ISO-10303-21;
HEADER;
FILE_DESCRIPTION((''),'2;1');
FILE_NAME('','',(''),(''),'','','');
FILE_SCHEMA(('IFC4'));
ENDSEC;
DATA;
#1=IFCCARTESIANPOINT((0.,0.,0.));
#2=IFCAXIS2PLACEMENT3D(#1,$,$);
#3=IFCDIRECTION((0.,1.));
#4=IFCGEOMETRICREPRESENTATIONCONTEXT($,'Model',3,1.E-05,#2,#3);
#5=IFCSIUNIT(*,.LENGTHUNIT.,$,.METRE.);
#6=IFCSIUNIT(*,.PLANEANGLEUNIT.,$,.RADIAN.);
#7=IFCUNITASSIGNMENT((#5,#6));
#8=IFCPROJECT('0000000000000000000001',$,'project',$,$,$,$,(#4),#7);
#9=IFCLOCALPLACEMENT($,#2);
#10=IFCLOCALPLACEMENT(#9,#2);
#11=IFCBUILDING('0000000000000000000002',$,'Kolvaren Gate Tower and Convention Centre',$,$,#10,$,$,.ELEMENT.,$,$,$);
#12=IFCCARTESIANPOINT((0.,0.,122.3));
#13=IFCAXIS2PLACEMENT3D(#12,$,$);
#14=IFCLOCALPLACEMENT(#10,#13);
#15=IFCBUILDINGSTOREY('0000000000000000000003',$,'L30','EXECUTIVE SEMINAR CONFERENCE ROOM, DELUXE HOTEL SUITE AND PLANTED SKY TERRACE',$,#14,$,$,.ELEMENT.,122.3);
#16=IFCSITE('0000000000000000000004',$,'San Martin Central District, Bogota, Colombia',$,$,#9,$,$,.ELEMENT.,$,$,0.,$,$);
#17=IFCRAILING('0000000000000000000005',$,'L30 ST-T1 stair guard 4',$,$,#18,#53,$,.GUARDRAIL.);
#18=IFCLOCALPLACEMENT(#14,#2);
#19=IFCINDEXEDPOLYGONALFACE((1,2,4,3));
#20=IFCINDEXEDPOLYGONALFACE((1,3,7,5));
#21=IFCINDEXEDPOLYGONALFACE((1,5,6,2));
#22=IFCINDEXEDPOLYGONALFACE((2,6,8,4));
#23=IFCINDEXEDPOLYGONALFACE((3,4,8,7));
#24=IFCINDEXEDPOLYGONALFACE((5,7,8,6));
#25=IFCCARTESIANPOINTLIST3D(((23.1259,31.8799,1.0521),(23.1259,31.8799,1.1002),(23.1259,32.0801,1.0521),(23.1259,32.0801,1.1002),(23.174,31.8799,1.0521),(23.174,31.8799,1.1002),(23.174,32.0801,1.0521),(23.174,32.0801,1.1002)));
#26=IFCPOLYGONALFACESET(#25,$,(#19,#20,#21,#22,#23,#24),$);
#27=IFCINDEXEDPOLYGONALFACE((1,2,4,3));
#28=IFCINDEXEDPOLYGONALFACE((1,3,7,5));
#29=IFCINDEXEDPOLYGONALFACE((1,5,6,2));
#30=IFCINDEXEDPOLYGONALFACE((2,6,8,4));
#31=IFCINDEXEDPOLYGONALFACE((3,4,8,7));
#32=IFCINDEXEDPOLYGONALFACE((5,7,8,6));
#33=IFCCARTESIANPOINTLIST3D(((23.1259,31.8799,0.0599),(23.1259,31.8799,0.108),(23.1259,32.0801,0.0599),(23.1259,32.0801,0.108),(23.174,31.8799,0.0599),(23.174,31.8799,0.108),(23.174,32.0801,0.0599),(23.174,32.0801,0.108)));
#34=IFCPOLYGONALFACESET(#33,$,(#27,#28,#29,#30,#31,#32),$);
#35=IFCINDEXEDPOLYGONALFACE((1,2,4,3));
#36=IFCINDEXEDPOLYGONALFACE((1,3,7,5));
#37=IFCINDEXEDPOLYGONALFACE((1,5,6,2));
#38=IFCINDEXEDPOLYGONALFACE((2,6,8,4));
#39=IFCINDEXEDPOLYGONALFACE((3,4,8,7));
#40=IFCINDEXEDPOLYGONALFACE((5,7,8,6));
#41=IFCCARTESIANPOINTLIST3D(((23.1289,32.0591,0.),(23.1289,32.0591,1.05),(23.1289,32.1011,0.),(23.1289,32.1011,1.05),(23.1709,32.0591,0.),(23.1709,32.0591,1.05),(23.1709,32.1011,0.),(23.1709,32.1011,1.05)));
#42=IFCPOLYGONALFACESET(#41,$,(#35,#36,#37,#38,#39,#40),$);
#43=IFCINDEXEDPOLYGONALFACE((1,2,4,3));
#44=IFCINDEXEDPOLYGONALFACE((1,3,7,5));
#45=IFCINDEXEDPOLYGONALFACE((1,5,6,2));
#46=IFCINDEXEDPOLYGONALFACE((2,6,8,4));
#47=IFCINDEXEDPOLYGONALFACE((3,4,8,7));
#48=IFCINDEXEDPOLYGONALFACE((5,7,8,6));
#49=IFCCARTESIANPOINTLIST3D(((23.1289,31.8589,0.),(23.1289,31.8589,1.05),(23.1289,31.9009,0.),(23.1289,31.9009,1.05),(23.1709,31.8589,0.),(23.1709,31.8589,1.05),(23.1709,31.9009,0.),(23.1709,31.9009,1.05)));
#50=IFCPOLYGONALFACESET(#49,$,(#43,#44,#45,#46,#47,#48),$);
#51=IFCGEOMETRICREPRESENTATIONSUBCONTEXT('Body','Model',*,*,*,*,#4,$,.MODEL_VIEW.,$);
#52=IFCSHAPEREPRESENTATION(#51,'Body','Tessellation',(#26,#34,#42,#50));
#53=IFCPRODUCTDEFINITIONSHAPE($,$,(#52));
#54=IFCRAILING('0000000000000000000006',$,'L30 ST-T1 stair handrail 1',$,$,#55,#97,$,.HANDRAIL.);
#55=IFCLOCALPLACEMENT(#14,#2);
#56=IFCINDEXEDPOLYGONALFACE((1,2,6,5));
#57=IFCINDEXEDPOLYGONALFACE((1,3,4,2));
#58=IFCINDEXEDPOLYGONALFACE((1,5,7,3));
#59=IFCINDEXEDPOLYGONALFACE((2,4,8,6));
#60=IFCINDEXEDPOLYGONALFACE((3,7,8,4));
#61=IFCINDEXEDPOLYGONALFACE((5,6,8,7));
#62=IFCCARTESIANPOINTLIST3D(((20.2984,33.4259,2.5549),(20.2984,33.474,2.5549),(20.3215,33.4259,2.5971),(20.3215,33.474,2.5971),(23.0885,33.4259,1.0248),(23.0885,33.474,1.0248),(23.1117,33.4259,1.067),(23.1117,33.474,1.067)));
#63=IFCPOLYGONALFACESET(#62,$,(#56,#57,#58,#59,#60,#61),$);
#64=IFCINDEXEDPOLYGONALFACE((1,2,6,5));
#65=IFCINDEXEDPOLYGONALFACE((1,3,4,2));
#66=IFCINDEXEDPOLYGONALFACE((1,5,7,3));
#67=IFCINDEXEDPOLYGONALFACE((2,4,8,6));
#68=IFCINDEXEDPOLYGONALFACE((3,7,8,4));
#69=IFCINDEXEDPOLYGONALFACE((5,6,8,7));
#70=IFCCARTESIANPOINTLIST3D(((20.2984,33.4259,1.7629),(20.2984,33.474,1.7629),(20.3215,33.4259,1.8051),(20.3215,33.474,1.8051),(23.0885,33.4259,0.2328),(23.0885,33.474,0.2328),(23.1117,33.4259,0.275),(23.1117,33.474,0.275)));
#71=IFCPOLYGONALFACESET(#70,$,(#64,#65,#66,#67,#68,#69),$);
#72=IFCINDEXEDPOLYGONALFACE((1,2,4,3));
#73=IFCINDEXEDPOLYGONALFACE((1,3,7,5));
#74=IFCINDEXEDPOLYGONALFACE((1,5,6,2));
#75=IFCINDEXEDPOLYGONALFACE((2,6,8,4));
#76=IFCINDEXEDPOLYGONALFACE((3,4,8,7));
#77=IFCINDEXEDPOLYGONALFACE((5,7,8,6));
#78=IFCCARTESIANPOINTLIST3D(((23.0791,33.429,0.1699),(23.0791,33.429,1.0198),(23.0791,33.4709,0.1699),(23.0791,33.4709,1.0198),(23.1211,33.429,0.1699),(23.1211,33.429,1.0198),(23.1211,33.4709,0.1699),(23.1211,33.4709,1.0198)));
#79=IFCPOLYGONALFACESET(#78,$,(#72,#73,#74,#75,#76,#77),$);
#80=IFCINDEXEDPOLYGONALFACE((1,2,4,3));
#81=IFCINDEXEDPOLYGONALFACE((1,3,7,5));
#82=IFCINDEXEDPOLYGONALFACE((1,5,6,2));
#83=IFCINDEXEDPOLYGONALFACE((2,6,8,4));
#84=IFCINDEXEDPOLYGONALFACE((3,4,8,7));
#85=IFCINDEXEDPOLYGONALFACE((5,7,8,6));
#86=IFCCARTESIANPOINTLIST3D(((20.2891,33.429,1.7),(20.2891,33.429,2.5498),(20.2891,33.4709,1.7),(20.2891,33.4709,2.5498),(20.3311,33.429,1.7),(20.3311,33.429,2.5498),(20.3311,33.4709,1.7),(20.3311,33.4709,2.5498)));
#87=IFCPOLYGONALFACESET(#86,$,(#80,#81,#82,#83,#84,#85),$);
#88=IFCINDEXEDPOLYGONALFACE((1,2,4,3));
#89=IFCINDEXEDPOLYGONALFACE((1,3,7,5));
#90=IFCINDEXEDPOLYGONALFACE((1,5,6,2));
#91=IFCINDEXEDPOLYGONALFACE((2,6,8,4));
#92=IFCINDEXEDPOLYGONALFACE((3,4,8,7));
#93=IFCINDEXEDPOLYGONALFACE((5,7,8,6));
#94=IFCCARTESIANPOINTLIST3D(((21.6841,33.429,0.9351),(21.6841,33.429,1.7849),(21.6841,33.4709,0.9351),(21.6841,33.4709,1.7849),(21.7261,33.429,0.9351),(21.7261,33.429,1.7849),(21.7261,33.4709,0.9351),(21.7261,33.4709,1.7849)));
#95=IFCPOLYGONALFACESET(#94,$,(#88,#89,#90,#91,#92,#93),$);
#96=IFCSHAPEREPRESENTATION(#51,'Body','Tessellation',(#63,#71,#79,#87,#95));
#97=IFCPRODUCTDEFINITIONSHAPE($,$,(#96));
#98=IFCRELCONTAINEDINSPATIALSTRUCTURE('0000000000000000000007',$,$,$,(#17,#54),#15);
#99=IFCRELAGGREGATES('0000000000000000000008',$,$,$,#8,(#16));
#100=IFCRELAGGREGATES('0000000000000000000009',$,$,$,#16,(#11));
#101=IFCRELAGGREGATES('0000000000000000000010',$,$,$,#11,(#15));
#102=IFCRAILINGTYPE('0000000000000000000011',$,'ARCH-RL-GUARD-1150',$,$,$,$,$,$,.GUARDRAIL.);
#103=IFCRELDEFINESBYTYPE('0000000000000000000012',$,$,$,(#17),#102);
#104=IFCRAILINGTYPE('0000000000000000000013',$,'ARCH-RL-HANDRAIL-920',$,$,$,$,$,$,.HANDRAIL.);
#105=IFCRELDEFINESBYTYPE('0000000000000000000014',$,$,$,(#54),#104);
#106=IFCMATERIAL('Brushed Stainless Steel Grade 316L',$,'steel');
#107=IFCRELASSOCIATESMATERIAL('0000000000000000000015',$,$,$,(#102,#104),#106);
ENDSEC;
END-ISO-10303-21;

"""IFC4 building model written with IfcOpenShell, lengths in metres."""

from ifc_helpers import new_model, si_unit, direction, frame, origin, origin_2d, place, context, subcontext, project, spatial, rectangle, extrude, material, type_object, element, save


model = new_model("IFC4")

# Units and contexts
model_context = context("Model", 3, precision=1e-05, world=origin(), true_north=direction((0.0, 1.0)))
body_context = subcontext(model_context, "Body", "Model", "MODEL_VIEW")
ifc_project = project(units=[si_unit("LENGTHUNIT", "METRE"), si_unit("PLANEANGLEUNIT", "RADIAN")], contexts=[model_context])

# Site, building, storey
site_placement = place(None, origin())
site = spatial("IfcSite", under=ifc_project, at=site_placement, Name="San Martin Central District, Bogota, Colombia", CompositionType="ELEMENT", RefElevation=0.0)
building_placement = place(site_placement, origin())
building = spatial("IfcBuilding", under=site, at=building_placement, Name="Kolvaren Gate Tower and Convention Centre", CompositionType="ELEMENT")
storey_placement = place(building_placement, frame((0.0, 0.0, 122.3)))
storey = spatial("IfcBuildingStorey", under=building, at=storey_placement, Name="L30", Description="EXECUTIVE SEMINAR CONFERENCE ROOM, DELUXE HOTEL SUITE AND PLANTED SKY TERRACE", CompositionType="ELEMENT", Elevation=122.3)

# Shared definitions
ifc_material_1 = material(Name="Brushed Stainless Steel Grade 316L", Category="steel")

# Railings
railing_type_1 = type_object("IfcRailingType", Name="ARCH-RL-GUARD-1150", PredefinedType="GUARDRAIL", material=ifc_material_1)
railing_1_placement = place(storey_placement, frame((23.1499, 32.0801, 0.0)))
element("IfcRailing", 1, at=railing_1_placement, inside=storey, type_object=railing_type_1, Name="L30 ST-T1 stair guard 4", PredefinedType="GUARDRAIL", context=body_context, shape_type="SweptSolid", body=[
    extrude(rectangle(XDim=0.0481, YDim=0.0481, at=origin_2d()), frame((0.0, 0.0, 1.0762), z_axis=(0.0, -1.0, 0.0), x_axis=(1.0, 0.0, 0.0)), (0.0, 0.0, 1.0), 0.2002),
    extrude(rectangle(XDim=0.0481, YDim=0.0481, at=origin_2d()), frame((0.0, 0.0, 0.084), z_axis=(0.0, -1.0, 0.0), x_axis=(1.0, 0.0, 0.0)), (0.0, 0.0, 1.0), 0.2002),
    extrude(rectangle(XDim=0.042, YDim=0.042, at=origin_2d()), origin(), (0.0, 0.0, 1.0), 1.05),
    extrude(rectangle(XDim=0.042, YDim=0.042, at=origin_2d()), frame((0.0, -0.2002, 0.0)), (0.0, 0.0, 1.0), 1.05),
])
railing_type_2 = type_object("IfcRailingType", Name="ARCH-RL-HANDRAIL-920", PredefinedType="HANDRAIL", material=ifc_material_1)
railing_2_placement = place(storey_placement, frame((23.1001, 33.45, 0.1699)))
element("IfcRailing", 2, at=railing_2_placement, inside=storey, type_object=railing_type_2, Name="L30 ST-T1 stair handrail 1", PredefinedType="HANDRAIL", context=body_context, shape_type="SweptSolid", body=[
    extrude(rectangle(XDim=0.0481, YDim=0.0481, at=origin_2d()), frame((0.0, 0.0, 0.876), z_axis=(-0.876811, 0.0, 0.480835), x_axis=(0.0, -1.0, 0.0)), (0.0, 0.0, 1.0), 3.1821),
    extrude(rectangle(XDim=0.0481, YDim=0.0481, at=origin_2d()), frame((0.0, 0.0, 0.084), z_axis=(-0.876811, 0.0, 0.480835), x_axis=(0.0, -1.0, 0.0)), (0.0, 0.0, 1.0), 3.1821),
    extrude(rectangle(XDim=0.042, YDim=0.042, at=origin_2d()), origin(), (0.0, 0.0, 1.0), 0.8499),
    extrude(rectangle(XDim=0.042, YDim=0.042, at=origin_2d()), frame((-2.79, 0.0, 1.53)), (0.0, 0.0, 1.0), 0.8499),
    extrude(rectangle(XDim=0.042, YDim=0.042, at=origin_2d()), frame((-1.395, 0.0, 0.7651)), (0.0, 0.0, 1.0), 0.8499),
])

save(model, "model.ifc")
